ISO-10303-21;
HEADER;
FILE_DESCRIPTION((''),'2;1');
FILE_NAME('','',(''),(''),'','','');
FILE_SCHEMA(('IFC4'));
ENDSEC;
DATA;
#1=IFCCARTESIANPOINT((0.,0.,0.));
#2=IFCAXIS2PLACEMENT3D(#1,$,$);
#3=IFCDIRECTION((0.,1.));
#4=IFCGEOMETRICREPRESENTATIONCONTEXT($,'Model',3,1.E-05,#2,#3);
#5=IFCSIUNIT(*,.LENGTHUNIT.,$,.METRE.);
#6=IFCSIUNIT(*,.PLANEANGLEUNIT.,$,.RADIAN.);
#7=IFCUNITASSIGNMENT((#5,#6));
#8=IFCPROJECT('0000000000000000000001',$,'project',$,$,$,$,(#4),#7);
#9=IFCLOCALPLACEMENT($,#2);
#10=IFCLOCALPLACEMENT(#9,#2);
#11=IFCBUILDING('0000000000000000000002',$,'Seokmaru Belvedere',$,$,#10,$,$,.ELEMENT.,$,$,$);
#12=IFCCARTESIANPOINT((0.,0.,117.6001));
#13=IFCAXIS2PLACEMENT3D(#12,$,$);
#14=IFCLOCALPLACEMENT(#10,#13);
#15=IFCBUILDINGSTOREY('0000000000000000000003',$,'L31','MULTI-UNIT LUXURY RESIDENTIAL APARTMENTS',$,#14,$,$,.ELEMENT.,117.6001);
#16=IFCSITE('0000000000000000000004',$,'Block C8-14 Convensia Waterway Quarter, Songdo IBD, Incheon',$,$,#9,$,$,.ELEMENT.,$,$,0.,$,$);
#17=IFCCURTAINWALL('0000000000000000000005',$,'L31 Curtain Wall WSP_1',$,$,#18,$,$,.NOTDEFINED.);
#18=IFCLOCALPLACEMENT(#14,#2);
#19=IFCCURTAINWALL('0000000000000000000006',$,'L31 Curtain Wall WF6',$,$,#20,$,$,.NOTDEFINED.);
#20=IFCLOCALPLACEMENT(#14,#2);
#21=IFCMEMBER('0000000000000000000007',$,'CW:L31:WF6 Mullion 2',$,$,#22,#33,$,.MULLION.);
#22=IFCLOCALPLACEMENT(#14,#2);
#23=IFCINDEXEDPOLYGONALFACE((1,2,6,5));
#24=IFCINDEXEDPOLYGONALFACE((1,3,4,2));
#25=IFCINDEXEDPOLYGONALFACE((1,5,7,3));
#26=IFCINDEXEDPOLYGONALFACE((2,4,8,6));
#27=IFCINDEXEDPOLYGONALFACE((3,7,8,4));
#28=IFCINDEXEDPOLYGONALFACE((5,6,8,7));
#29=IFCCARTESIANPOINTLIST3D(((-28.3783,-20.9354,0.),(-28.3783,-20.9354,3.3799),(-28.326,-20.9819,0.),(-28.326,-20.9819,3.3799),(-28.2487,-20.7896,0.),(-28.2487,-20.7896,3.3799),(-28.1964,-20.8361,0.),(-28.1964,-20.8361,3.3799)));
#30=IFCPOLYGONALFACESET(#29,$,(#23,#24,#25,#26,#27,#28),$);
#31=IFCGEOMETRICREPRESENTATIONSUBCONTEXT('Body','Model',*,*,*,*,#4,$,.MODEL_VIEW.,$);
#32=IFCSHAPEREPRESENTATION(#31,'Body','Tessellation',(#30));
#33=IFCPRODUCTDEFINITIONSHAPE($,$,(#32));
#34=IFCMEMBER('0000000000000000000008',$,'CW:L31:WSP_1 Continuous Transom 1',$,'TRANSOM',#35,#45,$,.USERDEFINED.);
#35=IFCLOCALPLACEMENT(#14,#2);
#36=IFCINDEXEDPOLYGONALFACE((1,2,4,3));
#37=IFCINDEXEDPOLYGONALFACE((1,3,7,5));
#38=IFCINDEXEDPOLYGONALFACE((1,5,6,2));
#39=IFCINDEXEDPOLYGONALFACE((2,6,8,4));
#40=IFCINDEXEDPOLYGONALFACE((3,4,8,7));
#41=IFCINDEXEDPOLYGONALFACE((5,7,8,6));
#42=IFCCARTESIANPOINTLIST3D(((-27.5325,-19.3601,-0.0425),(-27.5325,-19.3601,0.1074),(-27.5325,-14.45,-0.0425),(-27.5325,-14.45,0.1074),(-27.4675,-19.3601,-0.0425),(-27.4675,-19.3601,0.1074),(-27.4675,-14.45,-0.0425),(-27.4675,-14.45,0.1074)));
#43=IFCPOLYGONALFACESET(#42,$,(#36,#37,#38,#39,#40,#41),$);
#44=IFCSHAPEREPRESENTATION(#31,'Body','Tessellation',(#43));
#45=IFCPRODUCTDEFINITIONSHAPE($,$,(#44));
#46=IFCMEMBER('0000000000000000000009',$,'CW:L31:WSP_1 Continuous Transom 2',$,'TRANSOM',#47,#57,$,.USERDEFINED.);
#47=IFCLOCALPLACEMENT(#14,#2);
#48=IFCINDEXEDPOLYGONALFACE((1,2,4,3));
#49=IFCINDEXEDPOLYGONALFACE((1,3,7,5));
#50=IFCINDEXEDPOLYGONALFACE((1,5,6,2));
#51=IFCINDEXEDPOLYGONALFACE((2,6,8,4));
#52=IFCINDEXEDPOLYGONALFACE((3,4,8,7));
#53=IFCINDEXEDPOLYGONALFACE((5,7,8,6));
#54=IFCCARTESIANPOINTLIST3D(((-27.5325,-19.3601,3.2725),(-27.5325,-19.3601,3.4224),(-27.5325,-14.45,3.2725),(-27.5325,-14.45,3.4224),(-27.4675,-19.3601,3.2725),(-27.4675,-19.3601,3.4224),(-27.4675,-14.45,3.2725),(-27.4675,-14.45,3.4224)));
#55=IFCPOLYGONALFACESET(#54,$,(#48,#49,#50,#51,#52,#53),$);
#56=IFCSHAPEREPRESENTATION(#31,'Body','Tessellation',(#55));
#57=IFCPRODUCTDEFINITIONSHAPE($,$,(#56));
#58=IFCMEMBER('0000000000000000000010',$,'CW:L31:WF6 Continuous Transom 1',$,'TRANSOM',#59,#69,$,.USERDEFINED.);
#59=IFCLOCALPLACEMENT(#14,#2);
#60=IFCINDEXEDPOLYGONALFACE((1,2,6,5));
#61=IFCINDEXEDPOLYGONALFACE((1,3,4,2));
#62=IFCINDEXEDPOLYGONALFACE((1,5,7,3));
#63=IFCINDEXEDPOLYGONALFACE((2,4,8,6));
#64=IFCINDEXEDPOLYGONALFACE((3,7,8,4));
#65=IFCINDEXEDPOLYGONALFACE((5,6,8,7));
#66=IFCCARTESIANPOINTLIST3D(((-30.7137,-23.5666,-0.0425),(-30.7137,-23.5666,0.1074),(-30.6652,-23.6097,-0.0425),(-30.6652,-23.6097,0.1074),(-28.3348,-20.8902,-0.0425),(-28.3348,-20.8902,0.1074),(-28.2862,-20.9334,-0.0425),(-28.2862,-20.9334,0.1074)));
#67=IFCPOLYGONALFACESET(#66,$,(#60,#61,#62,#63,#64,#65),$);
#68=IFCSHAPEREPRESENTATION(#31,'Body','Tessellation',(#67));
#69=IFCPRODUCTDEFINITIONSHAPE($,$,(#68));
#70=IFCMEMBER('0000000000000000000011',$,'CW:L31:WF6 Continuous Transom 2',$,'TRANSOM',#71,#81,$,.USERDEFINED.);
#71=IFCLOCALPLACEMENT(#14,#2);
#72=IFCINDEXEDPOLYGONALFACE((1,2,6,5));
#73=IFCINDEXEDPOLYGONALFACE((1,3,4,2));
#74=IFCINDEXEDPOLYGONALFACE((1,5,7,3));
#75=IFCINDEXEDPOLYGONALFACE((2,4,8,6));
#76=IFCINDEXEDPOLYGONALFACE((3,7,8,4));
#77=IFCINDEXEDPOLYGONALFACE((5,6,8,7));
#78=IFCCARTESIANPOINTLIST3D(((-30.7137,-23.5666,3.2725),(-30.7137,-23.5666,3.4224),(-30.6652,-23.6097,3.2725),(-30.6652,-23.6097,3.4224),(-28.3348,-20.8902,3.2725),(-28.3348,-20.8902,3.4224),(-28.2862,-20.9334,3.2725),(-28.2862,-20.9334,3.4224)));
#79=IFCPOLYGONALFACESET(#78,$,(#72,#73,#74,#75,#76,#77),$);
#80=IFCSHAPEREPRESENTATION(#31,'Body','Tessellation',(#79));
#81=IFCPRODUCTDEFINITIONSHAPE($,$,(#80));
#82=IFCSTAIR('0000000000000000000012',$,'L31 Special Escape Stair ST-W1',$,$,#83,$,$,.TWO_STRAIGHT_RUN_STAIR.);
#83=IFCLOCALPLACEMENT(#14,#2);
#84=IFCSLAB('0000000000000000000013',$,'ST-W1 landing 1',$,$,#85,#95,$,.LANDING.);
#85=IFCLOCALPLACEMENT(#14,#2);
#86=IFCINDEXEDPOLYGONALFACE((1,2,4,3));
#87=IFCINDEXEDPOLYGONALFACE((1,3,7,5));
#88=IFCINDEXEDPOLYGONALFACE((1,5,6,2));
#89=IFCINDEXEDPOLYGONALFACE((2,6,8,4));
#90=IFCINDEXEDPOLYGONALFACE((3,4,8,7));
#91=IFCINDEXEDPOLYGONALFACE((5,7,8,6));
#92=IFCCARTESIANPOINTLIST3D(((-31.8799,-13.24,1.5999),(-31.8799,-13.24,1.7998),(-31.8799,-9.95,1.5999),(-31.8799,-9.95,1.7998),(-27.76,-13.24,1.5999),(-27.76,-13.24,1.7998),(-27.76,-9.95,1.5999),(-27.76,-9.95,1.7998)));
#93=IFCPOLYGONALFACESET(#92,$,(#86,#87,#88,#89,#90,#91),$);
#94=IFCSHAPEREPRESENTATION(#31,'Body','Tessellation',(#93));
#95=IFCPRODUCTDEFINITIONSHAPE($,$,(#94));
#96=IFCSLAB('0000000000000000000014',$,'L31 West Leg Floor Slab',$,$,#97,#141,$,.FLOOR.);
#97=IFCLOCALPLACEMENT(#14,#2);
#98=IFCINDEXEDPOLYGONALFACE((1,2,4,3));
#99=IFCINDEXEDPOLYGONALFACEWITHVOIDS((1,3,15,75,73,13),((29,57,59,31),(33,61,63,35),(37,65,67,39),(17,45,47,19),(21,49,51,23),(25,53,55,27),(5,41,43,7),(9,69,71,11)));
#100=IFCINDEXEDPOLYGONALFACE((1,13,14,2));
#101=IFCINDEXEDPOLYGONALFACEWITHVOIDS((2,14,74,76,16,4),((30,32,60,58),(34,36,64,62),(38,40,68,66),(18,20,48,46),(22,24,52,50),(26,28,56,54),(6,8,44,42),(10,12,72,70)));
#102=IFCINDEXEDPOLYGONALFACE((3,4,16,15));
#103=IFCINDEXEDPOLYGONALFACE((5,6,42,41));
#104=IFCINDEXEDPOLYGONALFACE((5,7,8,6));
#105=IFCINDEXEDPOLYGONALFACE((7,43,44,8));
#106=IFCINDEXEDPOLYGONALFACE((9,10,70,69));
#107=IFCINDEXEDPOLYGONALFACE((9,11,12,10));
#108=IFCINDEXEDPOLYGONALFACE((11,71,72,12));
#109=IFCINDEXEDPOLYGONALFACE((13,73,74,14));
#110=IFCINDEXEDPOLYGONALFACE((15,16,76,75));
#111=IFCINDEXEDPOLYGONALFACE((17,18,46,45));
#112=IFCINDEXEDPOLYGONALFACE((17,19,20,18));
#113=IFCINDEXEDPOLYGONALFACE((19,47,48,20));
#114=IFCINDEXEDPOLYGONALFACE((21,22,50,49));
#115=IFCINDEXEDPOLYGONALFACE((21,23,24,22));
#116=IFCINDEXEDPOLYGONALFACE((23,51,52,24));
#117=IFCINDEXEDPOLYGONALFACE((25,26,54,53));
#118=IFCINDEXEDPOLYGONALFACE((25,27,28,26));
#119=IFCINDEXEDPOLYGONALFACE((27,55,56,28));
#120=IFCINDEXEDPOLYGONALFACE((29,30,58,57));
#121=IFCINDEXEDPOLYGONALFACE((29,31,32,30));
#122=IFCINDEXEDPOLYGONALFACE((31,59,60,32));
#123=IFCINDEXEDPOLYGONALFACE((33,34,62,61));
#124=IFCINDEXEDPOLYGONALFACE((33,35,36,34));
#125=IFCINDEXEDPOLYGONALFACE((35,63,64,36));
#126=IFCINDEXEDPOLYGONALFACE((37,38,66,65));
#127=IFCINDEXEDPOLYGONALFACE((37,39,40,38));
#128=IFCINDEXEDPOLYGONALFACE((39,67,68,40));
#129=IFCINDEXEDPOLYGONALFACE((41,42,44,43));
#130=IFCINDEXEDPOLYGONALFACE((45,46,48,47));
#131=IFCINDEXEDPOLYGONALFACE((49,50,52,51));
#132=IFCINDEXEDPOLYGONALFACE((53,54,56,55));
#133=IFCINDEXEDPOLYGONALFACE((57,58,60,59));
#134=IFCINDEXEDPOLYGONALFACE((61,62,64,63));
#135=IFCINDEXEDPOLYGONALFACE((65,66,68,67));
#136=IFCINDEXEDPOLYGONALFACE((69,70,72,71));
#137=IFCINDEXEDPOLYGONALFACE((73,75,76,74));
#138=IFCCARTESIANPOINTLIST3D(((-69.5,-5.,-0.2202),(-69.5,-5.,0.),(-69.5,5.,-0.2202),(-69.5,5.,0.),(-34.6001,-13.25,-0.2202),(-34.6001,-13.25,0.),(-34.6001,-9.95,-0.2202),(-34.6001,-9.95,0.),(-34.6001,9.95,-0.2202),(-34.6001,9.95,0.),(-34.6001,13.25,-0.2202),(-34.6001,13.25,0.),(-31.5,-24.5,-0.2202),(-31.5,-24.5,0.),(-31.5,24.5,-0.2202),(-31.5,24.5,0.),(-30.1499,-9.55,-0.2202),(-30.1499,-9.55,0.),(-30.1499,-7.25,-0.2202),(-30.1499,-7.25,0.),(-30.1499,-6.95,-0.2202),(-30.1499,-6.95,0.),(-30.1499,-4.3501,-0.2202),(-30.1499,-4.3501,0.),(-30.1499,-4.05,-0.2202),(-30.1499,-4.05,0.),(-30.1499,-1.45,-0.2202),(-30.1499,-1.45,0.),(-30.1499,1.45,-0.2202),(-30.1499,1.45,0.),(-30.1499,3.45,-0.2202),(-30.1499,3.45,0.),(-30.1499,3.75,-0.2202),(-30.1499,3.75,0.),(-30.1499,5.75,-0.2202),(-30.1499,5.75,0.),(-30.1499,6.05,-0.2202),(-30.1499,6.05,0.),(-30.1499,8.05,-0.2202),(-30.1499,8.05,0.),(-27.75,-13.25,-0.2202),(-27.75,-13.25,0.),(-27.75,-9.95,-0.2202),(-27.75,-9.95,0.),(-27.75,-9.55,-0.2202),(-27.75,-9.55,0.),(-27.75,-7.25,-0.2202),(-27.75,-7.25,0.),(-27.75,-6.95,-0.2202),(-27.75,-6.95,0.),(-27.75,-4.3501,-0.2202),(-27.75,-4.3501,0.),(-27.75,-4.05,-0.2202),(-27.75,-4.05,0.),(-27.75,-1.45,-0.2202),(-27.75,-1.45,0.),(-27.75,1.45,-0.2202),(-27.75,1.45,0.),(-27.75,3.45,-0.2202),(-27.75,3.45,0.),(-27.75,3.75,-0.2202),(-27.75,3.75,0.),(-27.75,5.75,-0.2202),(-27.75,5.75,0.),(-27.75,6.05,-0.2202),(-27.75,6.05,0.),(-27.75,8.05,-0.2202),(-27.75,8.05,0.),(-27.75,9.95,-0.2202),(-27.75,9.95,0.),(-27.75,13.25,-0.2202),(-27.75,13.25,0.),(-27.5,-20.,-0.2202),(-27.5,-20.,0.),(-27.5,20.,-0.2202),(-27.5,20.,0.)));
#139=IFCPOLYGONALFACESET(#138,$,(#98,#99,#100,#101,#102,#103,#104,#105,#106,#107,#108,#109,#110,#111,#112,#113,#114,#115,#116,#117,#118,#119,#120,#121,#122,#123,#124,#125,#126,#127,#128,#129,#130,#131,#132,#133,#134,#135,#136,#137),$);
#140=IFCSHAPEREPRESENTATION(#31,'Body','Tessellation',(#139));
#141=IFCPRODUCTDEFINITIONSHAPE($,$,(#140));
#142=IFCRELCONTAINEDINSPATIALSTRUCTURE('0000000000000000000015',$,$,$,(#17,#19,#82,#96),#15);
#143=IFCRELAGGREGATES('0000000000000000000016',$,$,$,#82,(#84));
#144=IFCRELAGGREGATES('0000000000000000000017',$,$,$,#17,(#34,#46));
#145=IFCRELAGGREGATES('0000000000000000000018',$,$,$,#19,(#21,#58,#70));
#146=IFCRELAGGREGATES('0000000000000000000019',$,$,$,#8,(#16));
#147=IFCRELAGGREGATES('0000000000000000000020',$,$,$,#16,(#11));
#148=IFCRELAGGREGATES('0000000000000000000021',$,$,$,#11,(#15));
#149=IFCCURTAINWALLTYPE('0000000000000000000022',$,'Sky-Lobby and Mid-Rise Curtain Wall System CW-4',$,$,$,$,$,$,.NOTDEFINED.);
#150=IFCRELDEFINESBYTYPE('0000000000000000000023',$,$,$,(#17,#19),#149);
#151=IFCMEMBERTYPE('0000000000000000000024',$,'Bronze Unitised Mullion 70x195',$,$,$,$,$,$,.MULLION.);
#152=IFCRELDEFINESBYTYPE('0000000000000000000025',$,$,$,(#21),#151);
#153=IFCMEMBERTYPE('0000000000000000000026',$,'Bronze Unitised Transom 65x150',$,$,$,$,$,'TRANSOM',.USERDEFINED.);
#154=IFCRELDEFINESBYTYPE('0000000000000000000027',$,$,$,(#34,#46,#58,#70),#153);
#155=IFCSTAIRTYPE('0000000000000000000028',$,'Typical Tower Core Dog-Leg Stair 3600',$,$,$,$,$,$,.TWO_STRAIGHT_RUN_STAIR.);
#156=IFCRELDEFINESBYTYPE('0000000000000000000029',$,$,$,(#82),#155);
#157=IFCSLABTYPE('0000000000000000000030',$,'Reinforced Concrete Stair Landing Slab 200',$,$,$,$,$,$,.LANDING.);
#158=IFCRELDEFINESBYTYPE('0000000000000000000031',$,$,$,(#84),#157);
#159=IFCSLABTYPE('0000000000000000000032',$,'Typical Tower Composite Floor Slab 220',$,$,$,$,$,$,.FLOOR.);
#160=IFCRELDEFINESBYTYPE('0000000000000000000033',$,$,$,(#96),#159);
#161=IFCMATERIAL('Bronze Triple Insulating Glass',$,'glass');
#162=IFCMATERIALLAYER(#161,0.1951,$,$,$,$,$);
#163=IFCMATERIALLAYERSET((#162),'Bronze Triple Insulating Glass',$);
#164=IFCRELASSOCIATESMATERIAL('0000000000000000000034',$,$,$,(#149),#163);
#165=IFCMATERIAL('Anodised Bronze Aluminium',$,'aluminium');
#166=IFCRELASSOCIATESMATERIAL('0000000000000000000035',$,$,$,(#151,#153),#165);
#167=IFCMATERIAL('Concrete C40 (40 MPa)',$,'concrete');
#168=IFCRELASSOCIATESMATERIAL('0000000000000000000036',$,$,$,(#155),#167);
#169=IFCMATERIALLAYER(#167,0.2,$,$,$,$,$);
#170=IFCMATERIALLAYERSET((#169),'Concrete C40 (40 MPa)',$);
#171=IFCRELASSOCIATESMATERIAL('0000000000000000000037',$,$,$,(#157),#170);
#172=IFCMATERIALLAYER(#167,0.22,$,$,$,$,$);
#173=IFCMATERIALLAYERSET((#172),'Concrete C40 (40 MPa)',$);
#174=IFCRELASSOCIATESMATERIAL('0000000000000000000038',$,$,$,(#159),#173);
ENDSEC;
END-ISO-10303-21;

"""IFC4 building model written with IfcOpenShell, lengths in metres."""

from ifc_helpers import new_model, si_unit, direction, frame, origin, origin_2d, place, context, subcontext, project, spatial, polyline, rectangle, outline, extrude, source, transform, mapped, material, layer, layer_set, material_profile, profile_set, type_object, type_shapes, element, aggregate, save


model = new_model("IFC4")

# Units and contexts
model_context = context("Model", 3, precision=1e-05, world=origin(), true_north=direction((0.0, 1.0)))
body_context = subcontext(model_context, "Body", "Model", "MODEL_VIEW")
ifc_project = project(units=[si_unit("LENGTHUNIT", "METRE"), si_unit("PLANEANGLEUNIT", "RADIAN")], contexts=[model_context])

# Site, building, storey
site_placement = place(None, origin())
site = spatial("IfcSite", under=ifc_project, at=site_placement, Name="Block C8-14 Convensia Waterway Quarter, Songdo IBD, Incheon", CompositionType="ELEMENT", RefElevation=0.0)
building_placement = place(site_placement, origin())
building = spatial("IfcBuilding", under=site, at=building_placement, Name="Seokmaru Belvedere", CompositionType="ELEMENT")
storey_placement = place(building_placement, frame((0.0, 0.0, 117.6001)))
storey = spatial("IfcBuildingStorey", under=building, at=storey_placement, Name="L31", Description="MULTI-UNIT LUXURY RESIDENTIAL APARTMENTS", CompositionType="ELEMENT", Elevation=117.6001)

# Curtain wall
ifc_material_1 = material(Name="Bronze Triple Insulating Glass", Category="glass")
ifc_layer_1 = layer(ifc_material_1, 0.1951)
ifc_layer_set_1 = layer_set([ifc_layer_1], Name="Bronze Triple Insulating Glass")
curtain_wall_type = type_object("IfcCurtainWallType", Name="Sky-Lobby and Mid-Rise Curtain Wall System CW-4", PredefinedType="NOTDEFINED", material=ifc_layer_set_1)
curtain_wall_1_placement = place(storey_placement, origin())
curtain_wall_1 = element("IfcCurtainWall", 1, at=curtain_wall_1_placement, inside=storey, type_object=curtain_wall_type, Name="L31 Curtain Wall WSP_1", PredefinedType="NOTDEFINED")
ifc_material_2 = material(Name="Anodised Bronze Aluminium", Category="aluminium")
ifc_material_profile_1 = material_profile(ifc_material_2, rectangle(XDim=0.0701, YDim=0.1951, at=origin_2d()), Name="CW-M-70x195")
ifc_profile_set_1 = profile_set([ifc_material_profile_1], Name="Anodised Bronze Aluminium")
member_type_1 = type_object("IfcMemberType", Name="Bronze Unitised Mullion 70x195", PredefinedType="MULLION", material=ifc_profile_set_1)
shared_shape_1 = source(origin(), body_context, "Body", "SweptSolid", [
    extrude(rectangle(XDim=0.0701, YDim=0.1951, at=origin_2d()), origin(), (0.0, 0.0, 1.0), 3.3799),
])
type_shapes(member_type_1, [shared_shape_1])

# Curtain wall, member
curtain_wall_2_placement = place(storey_placement, origin())
curtain_wall_2 = element("IfcCurtainWall", 2, at=curtain_wall_2_placement, inside=storey, type_object=curtain_wall_type, Name="L31 Curtain Wall WF6", PredefinedType="NOTDEFINED")
member_1_placement = place(storey_placement, frame((-28.2874, -20.8857, 0.0), z_axis=(0.0, 0.0, 1.0), x_axis=(-0.74741, 0.664363, 0.0)))
member_1 = element("IfcMember", 3, at=member_1_placement, type_object=member_type_1, Name="CW:L31:WF6 Mullion 2", PredefinedType="MULLION", context=body_context, shape_type="MappedRepresentation", body=[
    mapped(shared_shape_1, transform((0.0, 0.0, 0.0), scale=1.0)),
])

# Members
ifc_material_profile_2 = material_profile(ifc_material_2, rectangle(XDim=0.0649, YDim=0.1499, at=origin_2d()), Name="CW-T-65x150")
ifc_profile_set_2 = profile_set([ifc_material_profile_2], Name="Anodised Bronze Aluminium")
member_type_2 = type_object("IfcMemberType", Name="Bronze Unitised Transom 65x150", ElementType="TRANSOM", PredefinedType="USERDEFINED", material=ifc_profile_set_2)
shared_shape_2 = source(origin(), body_context, "Body", "SweptSolid", [
    extrude(rectangle(XDim=0.0649, YDim=0.1499, at=origin_2d()), origin(), (0.0, 0.0, 1.0), 4.9102),
])
member_2_placement = place(storey_placement, frame((-27.5, -19.3601, 0.0325), z_axis=(0.0, 1.0, 0.0), x_axis=(-1.0, 0.0, 0.0)))
member_2 = element("IfcMember", 4, at=member_2_placement, type_object=member_type_2, Name="CW:L31:WSP_1 Continuous Transom 1", ObjectType="TRANSOM", PredefinedType="USERDEFINED", context=body_context, shape_type="MappedRepresentation", body=[
    mapped(shared_shape_2, transform((0.0, 0.0, 0.0), scale=1.0)),
])
member_3_placement = place(storey_placement, frame((-27.5, -19.3601, 3.3474), z_axis=(0.0, 1.0, 0.0), x_axis=(-1.0, 0.0, 0.0)))
member_3 = element("IfcMember", 5, at=member_3_placement, type_object=member_type_2, Name="CW:L31:WSP_1 Continuous Transom 2", ObjectType="TRANSOM", PredefinedType="USERDEFINED", context=body_context, shape_type="MappedRepresentation", body=[
    mapped(shared_shape_2, transform((0.0, 0.0, 0.0), scale=1.0)),
])
shared_shape_3 = source(origin(), body_context, "Body", "SweptSolid", [
    extrude(rectangle(XDim=0.0649, YDim=0.1499, at=origin_2d()), origin(), (0.0, 0.0, 1.0), 3.5808),
])
type_shapes(member_type_2, [shared_shape_2, shared_shape_3])
member_4_placement = place(storey_placement, frame((-30.6895, -23.5881, 0.0325), z_axis=(0.664364, 0.747409, 0.0), x_axis=(-0.747409, 0.664364, 0.0)))
member_4 = element("IfcMember", 6, at=member_4_placement, type_object=member_type_2, Name="CW:L31:WF6 Continuous Transom 1", ObjectType="TRANSOM", PredefinedType="USERDEFINED", context=body_context, shape_type="MappedRepresentation", body=[
    mapped(shared_shape_3, transform((0.0, 0.0, 0.0), scale=1.0)),
])
member_5_placement = place(storey_placement, frame((-30.6895, -23.5881, 3.3474), z_axis=(0.664364, 0.747409, 0.0), x_axis=(-0.747409, 0.664364, 0.0)))
member_5 = element("IfcMember", 7, at=member_5_placement, type_object=member_type_2, Name="CW:L31:WF6 Continuous Transom 2", ObjectType="TRANSOM", PredefinedType="USERDEFINED", context=body_context, shape_type="MappedRepresentation", body=[
    mapped(shared_shape_3, transform((0.0, 0.0, 0.0), scale=1.0)),
])

# Stair, slab
ifc_material_3 = material(Name="Concrete C40 (40 MPa)", Category="concrete")
stair_type = type_object("IfcStairType", Name="Typical Tower Core Dog-Leg Stair 3600", PredefinedType="TWO_STRAIGHT_RUN_STAIR", material=ifc_material_3)
stair_placement = place(storey_placement, origin())
stair = element("IfcStair", 8, at=stair_placement, inside=storey, type_object=stair_type, Name="L31 Special Escape Stair ST-W1", PredefinedType="TWO_STRAIGHT_RUN_STAIR")
ifc_layer_2 = layer(ifc_material_3, 0.2)
ifc_layer_set_2 = layer_set([ifc_layer_2], Name="Concrete C40 (40 MPa)")
slab_type_1 = type_object("IfcSlabType", Name="Reinforced Concrete Stair Landing Slab 200", PredefinedType="LANDING", material=ifc_layer_set_2)
slab_1_placement = place(storey_placement, frame((0.0, 0.0, 1.5999)))
slab_1 = element("IfcSlab", 9, at=slab_1_placement, type_object=slab_type_1, Name="ST-W1 landing 1", PredefinedType="LANDING", context=body_context, shape_type="SweptSolid", body=[
    extrude(outline(polyline([(-31.8799, -13.24), (-27.76, -13.24), (-27.76, -9.95), (-31.8799, -9.95), (-31.8799, -13.24)])), origin(), (0.0, 0.0, 1.0), 0.2),
])
aggregate(stair, [slab_1])

# Slab
ifc_layer_3 = layer(ifc_material_3, 0.22)
ifc_layer_set_3 = layer_set([ifc_layer_3], Name="Concrete C40 (40 MPa)")
slab_type_2 = type_object("IfcSlabType", Name="Typical Tower Composite Floor Slab 220", PredefinedType="FLOOR", material=ifc_layer_set_3)
slab_2_placement = place(storey_placement, frame((0.0, 0.0, -0.2202)))
element("IfcSlab", 10, at=slab_2_placement, inside=storey, type_object=slab_type_2, Name="L31 West Leg Floor Slab", PredefinedType="FLOOR", context=body_context, shape_type="SweptSolid", body=[
    extrude(outline(polyline([(-27.5, -20.0), (-27.5, 20.0), (-31.5, 24.5), (-69.5, 5.0), (-69.5, -5.0), (-31.5, -24.5), (-27.5, -20.0)]), holes=[polyline([(-34.6001, -13.25), (-27.75, -13.25), (-27.75, -9.95), (-34.6001, -9.95), (-34.6001, -13.25)]), polyline([(-34.6001, 9.95), (-27.75, 9.95), (-27.75, 13.25), (-34.6001, 13.25), (-34.6001, 9.95)]), polyline([(-30.1499, -9.55), (-27.75, -9.55), (-27.75, -7.25), (-30.1499, -7.25), (-30.1499, -9.55)]), polyline([(-30.1499, -6.95), (-27.75, -6.95), (-27.75, -4.3501), (-30.1499, -4.3501), (-30.1499, -6.95)]), polyline([(-30.1499, -4.05), (-27.75, -4.05), (-27.75, -1.45), (-30.1499, -1.45), (-30.1499, -4.05)]), polyline([(-30.1499, 1.45), (-27.75, 1.45), (-27.75, 3.45), (-30.1499, 3.45), (-30.1499, 1.45)]), polyline([(-30.1499, 3.75), (-27.75, 3.75), (-27.75, 5.75), (-30.1499, 5.75), (-30.1499, 3.75)]), polyline([(-30.1499, 6.05), (-27.75, 6.05), (-27.75, 8.05), (-30.1499, 8.05), (-30.1499, 6.05)])]), origin(), (0.0, 0.0, 1.0), 0.2202),
])

aggregate(curtain_wall_1, [member_2, member_3])
aggregate(curtain_wall_2, [member_1, member_4, member_5])

save(model, "model.ifc")
